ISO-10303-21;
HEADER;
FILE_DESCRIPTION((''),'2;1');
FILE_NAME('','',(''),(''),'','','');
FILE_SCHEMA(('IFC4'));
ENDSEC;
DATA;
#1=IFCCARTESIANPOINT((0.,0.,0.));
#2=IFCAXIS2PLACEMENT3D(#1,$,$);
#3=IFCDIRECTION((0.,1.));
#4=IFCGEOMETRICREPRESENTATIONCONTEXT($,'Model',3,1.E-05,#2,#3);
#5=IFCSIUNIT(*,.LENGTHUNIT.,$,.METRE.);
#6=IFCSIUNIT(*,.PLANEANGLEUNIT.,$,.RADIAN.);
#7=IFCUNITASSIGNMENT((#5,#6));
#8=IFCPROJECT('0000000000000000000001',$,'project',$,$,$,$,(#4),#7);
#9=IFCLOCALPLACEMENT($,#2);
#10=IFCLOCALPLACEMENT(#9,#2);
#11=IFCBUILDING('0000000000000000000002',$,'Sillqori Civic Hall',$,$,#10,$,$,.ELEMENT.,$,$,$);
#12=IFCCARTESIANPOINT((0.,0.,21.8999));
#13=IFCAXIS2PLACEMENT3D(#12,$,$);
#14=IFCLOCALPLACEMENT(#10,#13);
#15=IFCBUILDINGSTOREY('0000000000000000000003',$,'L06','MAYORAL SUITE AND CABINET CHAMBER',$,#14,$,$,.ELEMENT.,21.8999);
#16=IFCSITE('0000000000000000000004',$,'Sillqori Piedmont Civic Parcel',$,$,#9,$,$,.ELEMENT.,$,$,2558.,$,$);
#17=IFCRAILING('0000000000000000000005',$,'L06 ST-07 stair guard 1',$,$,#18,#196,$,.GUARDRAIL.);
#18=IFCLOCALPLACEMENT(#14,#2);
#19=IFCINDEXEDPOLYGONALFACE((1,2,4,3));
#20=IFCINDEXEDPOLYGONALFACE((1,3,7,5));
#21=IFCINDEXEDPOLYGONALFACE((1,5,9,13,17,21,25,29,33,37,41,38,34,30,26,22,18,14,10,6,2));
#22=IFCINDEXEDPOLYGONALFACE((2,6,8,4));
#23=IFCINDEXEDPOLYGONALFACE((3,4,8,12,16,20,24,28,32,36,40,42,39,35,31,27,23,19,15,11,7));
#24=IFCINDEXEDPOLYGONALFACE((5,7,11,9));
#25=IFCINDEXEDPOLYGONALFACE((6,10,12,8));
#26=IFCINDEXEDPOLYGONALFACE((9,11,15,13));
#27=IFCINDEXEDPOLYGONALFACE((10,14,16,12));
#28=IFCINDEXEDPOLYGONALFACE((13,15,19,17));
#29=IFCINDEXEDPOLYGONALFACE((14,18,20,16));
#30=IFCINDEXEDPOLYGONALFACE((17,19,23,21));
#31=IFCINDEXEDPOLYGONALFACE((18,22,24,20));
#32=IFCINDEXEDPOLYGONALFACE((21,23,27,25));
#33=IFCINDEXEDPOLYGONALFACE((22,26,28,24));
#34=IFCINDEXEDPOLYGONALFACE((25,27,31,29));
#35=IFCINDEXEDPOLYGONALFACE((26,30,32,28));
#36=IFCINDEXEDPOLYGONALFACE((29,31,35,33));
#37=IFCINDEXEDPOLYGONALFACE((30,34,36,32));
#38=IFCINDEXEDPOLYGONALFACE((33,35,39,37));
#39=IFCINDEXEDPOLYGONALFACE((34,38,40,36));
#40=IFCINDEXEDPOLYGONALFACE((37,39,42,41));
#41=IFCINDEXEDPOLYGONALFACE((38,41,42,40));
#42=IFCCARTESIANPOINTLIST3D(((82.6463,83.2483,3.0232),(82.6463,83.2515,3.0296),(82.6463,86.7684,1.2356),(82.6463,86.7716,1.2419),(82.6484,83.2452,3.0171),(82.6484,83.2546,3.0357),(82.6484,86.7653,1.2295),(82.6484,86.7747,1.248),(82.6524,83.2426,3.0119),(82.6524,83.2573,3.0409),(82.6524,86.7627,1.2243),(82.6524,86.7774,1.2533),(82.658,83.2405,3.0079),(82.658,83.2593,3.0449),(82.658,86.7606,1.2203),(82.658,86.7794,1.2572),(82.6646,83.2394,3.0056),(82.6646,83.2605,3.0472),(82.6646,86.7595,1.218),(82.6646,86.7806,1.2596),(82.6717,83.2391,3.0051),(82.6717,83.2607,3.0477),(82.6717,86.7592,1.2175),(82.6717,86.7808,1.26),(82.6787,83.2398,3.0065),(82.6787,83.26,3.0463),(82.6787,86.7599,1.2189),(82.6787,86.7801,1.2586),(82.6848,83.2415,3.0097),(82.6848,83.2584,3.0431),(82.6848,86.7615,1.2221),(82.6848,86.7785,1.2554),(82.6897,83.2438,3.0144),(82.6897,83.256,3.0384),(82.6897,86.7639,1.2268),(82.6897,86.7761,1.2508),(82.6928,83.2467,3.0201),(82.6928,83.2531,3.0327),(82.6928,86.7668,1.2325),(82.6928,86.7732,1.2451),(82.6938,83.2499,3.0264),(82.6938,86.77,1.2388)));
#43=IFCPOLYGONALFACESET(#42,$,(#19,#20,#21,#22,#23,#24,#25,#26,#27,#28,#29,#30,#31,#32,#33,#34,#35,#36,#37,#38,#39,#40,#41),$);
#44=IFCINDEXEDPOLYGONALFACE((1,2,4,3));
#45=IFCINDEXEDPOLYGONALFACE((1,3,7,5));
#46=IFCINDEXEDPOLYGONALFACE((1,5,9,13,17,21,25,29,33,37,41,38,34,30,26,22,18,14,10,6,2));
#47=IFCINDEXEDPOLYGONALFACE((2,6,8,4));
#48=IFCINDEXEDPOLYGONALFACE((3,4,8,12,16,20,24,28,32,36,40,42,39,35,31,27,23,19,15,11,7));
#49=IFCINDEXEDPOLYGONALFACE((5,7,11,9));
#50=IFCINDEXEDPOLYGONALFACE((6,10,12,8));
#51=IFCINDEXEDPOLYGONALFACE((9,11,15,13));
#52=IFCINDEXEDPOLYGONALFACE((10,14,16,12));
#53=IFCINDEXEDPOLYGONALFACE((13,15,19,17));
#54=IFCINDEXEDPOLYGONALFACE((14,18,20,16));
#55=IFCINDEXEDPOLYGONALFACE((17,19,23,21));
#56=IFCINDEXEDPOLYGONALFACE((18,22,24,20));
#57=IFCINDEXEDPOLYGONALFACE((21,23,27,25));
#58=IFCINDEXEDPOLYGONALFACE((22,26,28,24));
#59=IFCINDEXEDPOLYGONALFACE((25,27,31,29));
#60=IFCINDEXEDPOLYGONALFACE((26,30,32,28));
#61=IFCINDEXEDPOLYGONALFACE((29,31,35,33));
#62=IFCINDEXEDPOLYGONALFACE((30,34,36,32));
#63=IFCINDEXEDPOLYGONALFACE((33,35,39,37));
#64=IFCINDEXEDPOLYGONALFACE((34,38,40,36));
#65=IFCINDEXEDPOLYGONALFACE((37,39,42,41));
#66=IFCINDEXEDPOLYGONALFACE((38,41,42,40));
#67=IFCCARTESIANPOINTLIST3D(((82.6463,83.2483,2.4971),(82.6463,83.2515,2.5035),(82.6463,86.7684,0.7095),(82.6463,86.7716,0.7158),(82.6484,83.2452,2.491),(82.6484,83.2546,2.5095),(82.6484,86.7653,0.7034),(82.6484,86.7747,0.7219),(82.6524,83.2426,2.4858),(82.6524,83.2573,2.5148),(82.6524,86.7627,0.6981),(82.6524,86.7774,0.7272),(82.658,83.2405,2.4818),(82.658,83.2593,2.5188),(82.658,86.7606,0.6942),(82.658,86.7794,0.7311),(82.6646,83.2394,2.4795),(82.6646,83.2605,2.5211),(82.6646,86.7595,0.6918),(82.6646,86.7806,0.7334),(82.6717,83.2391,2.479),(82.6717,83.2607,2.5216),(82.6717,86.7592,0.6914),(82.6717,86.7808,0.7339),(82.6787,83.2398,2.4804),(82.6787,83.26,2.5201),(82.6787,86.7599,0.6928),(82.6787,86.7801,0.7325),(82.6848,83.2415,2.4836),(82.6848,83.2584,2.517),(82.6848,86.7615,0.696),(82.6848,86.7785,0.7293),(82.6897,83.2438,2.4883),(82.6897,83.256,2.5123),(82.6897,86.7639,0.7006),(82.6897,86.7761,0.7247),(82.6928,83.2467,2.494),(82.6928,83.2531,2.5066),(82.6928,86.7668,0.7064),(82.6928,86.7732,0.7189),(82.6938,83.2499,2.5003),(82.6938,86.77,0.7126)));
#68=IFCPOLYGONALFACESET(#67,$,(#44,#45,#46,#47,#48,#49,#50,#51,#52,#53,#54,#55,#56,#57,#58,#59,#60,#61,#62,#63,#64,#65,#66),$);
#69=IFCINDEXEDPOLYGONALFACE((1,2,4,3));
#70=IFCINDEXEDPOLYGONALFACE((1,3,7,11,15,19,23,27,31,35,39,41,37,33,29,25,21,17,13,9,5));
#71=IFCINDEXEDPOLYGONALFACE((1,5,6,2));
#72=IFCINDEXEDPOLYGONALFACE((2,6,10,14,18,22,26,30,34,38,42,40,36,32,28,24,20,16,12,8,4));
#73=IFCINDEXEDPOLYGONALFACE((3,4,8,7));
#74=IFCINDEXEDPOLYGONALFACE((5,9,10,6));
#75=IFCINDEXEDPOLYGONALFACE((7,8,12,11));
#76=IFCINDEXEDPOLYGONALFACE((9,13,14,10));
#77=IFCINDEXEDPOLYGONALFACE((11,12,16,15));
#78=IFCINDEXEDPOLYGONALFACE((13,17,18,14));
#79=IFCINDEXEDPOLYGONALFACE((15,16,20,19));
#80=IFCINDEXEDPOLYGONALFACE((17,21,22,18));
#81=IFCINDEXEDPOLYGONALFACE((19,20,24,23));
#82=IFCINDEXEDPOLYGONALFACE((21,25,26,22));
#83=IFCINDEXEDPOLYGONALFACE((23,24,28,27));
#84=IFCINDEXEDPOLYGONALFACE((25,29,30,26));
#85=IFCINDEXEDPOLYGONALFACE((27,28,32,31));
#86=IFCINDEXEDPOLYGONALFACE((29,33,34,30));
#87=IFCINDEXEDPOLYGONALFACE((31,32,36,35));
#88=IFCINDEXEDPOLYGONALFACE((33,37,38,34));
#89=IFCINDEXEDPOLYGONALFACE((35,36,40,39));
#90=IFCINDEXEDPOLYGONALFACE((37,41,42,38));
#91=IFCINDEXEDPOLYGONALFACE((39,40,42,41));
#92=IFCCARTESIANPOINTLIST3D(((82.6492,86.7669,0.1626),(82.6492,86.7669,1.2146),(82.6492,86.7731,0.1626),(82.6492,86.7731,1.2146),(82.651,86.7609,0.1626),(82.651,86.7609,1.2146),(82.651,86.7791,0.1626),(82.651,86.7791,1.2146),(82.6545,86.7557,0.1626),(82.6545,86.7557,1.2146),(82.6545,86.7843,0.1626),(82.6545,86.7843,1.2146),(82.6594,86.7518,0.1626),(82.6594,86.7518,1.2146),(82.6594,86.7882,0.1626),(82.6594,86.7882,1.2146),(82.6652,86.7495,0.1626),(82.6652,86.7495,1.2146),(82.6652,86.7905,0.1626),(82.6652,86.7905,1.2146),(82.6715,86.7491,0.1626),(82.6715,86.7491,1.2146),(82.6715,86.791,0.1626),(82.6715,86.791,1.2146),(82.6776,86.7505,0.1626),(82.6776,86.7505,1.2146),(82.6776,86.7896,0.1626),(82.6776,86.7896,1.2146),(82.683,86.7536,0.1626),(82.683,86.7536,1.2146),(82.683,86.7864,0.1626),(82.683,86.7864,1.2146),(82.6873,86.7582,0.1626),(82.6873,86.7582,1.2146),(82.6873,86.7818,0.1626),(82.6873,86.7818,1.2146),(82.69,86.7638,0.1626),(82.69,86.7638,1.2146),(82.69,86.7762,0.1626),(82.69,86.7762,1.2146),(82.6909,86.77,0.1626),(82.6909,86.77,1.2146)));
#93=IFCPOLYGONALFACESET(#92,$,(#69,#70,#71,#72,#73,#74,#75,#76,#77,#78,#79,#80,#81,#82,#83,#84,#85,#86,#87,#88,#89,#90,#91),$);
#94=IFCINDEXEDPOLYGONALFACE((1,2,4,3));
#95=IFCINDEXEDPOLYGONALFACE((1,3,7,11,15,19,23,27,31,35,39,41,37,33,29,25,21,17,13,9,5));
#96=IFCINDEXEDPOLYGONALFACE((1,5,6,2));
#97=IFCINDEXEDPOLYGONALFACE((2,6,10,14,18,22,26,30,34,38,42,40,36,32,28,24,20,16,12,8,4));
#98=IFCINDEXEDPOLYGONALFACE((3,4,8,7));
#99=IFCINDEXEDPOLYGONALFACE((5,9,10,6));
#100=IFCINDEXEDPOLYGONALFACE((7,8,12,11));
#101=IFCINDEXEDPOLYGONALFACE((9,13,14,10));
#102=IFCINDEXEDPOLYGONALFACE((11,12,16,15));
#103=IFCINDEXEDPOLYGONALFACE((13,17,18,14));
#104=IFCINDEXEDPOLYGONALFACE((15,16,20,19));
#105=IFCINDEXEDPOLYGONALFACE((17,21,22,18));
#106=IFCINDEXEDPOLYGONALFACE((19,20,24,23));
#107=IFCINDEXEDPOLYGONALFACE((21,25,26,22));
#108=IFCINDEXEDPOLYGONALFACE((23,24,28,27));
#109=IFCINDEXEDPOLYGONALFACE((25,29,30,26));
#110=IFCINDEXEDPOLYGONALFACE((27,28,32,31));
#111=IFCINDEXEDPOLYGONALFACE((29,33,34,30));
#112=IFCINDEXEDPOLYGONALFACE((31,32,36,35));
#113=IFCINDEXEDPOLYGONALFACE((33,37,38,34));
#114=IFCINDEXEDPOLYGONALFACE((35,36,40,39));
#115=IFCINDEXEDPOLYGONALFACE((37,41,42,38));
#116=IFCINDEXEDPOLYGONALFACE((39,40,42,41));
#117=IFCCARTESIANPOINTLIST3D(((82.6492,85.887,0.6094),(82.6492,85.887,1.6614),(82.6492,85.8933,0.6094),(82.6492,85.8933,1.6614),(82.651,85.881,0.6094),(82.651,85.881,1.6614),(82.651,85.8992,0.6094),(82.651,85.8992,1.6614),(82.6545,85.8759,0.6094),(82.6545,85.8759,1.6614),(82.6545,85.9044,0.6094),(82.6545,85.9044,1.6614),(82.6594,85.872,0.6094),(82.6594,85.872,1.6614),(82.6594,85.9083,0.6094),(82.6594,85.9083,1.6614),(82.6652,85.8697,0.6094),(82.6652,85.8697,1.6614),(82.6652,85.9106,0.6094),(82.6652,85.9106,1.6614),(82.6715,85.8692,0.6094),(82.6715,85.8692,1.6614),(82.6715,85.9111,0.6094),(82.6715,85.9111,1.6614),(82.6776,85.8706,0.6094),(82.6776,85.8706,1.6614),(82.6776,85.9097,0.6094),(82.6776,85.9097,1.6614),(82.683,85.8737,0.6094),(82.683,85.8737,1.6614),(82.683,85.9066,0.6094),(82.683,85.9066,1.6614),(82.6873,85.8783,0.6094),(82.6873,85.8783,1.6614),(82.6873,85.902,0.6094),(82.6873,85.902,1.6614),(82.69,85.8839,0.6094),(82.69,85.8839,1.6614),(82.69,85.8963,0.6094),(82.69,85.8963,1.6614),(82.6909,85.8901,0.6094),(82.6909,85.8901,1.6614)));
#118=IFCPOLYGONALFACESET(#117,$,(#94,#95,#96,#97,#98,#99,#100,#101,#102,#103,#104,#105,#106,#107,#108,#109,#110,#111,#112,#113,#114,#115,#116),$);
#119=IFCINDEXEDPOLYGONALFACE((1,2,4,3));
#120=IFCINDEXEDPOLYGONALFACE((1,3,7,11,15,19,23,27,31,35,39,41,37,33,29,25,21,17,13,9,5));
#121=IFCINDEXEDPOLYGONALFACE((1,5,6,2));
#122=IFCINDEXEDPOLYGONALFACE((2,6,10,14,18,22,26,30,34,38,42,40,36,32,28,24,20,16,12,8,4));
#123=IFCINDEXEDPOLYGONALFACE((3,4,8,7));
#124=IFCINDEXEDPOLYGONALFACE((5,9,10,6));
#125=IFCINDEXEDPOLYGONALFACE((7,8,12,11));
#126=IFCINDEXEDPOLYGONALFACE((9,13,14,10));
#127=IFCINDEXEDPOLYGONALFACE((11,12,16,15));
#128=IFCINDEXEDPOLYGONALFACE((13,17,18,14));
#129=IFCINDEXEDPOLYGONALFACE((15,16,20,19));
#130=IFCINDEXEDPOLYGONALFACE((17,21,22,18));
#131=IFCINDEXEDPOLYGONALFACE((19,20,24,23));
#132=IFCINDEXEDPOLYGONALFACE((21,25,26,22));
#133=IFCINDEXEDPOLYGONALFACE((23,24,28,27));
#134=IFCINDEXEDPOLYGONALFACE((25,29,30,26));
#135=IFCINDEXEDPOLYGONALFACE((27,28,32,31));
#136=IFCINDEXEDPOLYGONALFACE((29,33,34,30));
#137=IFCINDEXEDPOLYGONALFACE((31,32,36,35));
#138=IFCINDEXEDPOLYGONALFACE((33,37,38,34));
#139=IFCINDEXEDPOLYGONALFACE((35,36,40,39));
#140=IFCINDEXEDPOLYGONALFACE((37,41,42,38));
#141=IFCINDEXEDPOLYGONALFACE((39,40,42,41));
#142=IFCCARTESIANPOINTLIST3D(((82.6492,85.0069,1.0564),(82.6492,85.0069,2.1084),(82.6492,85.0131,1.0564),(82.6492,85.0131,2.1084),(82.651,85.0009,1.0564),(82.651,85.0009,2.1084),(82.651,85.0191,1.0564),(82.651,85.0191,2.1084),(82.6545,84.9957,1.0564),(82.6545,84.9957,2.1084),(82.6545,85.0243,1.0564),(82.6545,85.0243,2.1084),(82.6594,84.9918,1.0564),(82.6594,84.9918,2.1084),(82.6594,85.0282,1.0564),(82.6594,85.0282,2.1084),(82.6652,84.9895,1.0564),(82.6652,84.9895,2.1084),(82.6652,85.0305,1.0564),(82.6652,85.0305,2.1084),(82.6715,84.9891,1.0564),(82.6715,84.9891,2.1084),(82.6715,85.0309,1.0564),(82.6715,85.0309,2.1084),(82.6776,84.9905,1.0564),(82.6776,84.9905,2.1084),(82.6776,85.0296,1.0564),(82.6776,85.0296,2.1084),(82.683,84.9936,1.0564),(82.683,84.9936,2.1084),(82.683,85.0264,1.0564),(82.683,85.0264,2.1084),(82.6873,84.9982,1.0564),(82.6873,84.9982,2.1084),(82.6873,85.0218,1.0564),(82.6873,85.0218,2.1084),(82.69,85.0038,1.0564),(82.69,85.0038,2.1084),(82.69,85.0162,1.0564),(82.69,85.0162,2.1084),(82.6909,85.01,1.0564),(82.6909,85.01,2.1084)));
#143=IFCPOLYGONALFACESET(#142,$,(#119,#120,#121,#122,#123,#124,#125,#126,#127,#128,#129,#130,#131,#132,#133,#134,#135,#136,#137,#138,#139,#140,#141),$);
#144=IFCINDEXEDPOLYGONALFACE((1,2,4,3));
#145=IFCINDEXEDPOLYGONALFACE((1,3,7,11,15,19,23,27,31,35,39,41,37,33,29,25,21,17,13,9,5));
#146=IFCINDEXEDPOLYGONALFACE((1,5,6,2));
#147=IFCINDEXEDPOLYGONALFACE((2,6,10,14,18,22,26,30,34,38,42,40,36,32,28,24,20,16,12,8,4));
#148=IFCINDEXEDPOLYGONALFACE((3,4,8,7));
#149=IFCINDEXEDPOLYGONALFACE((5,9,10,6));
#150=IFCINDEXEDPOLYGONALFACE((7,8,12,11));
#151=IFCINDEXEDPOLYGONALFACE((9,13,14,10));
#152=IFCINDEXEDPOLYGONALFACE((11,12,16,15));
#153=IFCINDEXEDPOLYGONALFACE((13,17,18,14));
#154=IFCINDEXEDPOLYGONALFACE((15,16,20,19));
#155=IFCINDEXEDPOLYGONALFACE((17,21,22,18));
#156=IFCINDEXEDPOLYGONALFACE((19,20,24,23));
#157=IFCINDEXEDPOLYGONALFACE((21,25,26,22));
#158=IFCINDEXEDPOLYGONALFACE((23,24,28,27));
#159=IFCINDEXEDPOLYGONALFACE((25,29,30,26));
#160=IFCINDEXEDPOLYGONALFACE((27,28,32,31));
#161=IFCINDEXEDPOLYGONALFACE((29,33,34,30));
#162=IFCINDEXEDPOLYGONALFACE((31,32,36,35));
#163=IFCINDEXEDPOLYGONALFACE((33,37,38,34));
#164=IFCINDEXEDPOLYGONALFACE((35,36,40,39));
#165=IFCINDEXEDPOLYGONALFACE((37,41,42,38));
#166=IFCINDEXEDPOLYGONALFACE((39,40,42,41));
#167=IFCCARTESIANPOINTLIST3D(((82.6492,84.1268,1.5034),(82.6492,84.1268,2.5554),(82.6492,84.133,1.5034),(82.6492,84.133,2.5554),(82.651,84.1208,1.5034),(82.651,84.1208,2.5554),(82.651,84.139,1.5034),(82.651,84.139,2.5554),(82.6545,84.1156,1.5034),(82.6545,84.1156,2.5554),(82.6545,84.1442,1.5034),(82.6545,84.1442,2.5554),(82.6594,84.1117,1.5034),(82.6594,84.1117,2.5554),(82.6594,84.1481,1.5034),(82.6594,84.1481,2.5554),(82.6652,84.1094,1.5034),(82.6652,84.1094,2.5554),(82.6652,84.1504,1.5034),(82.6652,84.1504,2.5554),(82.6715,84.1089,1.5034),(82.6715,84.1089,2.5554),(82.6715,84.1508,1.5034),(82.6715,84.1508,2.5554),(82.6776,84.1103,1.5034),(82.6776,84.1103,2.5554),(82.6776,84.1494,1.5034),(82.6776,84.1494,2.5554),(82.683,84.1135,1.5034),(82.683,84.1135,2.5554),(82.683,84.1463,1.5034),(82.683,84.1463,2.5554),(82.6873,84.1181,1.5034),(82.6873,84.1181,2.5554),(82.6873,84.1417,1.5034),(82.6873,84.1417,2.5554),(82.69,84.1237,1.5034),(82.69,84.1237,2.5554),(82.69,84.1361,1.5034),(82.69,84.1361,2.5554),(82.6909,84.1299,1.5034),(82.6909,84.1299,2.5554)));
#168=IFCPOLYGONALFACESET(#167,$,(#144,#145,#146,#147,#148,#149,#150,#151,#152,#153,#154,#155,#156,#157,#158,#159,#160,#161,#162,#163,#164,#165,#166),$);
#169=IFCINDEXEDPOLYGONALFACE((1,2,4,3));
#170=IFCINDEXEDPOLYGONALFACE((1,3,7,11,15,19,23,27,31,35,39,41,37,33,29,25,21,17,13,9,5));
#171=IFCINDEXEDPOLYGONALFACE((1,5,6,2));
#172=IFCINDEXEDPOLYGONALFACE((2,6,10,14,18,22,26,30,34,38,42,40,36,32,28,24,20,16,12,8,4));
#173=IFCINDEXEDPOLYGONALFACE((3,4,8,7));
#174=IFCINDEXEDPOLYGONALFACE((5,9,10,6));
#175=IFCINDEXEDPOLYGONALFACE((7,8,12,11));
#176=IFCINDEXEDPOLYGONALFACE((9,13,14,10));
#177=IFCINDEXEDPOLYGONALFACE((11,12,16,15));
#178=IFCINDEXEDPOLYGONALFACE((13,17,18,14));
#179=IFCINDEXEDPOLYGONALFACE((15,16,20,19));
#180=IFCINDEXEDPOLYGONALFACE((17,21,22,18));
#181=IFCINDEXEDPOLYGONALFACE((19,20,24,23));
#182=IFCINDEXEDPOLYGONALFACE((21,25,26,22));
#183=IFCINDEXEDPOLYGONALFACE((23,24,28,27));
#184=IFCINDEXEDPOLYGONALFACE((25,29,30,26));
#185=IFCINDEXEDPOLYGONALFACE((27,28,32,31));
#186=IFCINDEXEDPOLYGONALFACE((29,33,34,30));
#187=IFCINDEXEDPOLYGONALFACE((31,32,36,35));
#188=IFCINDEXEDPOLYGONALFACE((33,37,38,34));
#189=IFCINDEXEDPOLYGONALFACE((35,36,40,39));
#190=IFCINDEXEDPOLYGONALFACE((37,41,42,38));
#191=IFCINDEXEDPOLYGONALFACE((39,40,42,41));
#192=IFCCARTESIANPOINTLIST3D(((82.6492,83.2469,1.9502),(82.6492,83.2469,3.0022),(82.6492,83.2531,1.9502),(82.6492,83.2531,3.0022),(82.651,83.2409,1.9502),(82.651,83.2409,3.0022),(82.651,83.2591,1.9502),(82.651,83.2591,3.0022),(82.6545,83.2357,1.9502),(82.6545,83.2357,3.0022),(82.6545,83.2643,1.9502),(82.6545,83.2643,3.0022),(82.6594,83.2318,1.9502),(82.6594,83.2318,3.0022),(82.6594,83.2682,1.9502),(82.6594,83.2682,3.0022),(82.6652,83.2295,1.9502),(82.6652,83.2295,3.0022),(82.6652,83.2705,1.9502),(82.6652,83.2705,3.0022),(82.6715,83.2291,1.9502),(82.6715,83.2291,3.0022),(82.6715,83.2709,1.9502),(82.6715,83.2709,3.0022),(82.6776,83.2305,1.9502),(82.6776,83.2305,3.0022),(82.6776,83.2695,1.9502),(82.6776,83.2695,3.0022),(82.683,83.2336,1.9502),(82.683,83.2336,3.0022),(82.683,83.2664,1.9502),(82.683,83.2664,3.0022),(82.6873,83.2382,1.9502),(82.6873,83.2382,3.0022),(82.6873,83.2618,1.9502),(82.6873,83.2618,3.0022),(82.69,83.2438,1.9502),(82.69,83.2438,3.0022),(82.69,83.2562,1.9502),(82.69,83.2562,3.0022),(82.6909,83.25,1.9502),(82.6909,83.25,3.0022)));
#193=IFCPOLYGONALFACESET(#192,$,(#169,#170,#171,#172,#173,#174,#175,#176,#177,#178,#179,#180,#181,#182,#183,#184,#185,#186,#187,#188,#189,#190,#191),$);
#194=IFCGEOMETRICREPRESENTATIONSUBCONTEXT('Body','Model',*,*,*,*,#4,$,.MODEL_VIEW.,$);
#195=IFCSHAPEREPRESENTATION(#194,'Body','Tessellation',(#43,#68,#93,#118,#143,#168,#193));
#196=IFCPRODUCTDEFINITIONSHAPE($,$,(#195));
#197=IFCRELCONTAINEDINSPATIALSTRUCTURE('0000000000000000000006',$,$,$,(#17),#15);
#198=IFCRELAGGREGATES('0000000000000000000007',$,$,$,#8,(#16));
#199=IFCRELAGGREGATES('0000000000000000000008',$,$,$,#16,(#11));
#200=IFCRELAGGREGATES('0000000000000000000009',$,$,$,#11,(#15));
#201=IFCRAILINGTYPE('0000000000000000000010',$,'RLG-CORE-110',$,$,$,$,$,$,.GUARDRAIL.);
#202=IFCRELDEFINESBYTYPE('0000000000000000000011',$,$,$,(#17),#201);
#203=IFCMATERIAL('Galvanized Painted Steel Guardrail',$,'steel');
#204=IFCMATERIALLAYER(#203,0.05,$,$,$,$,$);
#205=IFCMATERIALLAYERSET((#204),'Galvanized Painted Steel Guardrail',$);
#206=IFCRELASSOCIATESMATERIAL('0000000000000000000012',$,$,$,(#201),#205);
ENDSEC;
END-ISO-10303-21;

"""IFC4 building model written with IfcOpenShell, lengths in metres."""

from ifc_helpers import new_model, si_unit, direction, frame, origin, origin_2d, place, context, subcontext, project, spatial, circle, extrude, material, layer, layer_set, type_object, element, save


model = new_model("IFC4")

# Units and contexts
model_context = context("Model", 3, precision=1e-05, world=origin(), true_north=direction((0.0, 1.0)))
body_context = subcontext(model_context, "Body", "Model", "MODEL_VIEW")
ifc_project = project(units=[si_unit("LENGTHUNIT", "METRE"), si_unit("PLANEANGLEUNIT", "RADIAN")], contexts=[model_context])

# Site, building, storey
site_placement = place(None, origin())
site = spatial("IfcSite", under=ifc_project, at=site_placement, Name="Sillqori Piedmont Civic Parcel", CompositionType="ELEMENT", RefElevation=2558.0)
building_placement = place(site_placement, origin())
building = spatial("IfcBuilding", under=site, at=building_placement, Name="Sillqori Civic Hall", CompositionType="ELEMENT")
storey_placement = place(building_placement, frame((0.0, 0.0, 21.8999)))
storey = spatial("IfcBuildingStorey", under=building, at=storey_placement, Name="L06", Description="MAYORAL SUITE AND CABINET CHAMBER", CompositionType="ELEMENT", Elevation=21.8999)

# Railing
ifc_material_1 = material(Name="Galvanized Painted Steel Guardrail", Category="steel")
ifc_layer_1 = layer(ifc_material_1, 0.05)
ifc_layer_set_1 = layer_set([ifc_layer_1], Name="Galvanized Painted Steel Guardrail")
railing_type_1 = type_object("IfcRailingType", Name="RLG-CORE-110", PredefinedType="GUARDRAIL", material=ifc_layer_set_1)
railing_1_placement = place(storey_placement, frame((82.6699, 86.77, 0.1626)))
element("IfcRailing", 1, at=railing_1_placement, inside=storey, type_object=railing_type_1, Name="L06 ST-07 stair guard 1", PredefinedType="GUARDRAIL", context=body_context, shape_type="SweptSolid", body=[
    extrude(circle(Radius=0.0239, at=origin_2d()), frame((0.0, 0.0, 1.0762), z_axis=(0.0, -0.891615, 0.452795), x_axis=(1.0, 0.0, 0.0)), (0.0, 0.0, 1.0), 3.948),
    extrude(circle(Radius=0.0239, at=origin_2d()), frame((0.0, 0.0, 0.55), z_axis=(0.0, -0.891615, 0.452795), x_axis=(1.0, 0.0, 0.0)), (0.0, 0.0, 1.0), 3.948),
    extrude(circle(Radius=0.021, at=origin_2d()), origin(), (0.0, 0.0, 1.0), 1.052),
    extrude(circle(Radius=0.021, at=origin_2d()), frame((0.0, -0.8799, 0.4468)), (0.0, 0.0, 1.0), 1.052),
    extrude(circle(Radius=0.021, at=origin_2d()), frame((0.0, -1.76, 0.8938)), (0.0, 0.0, 1.0), 1.052),
    extrude(circle(Radius=0.021, at=origin_2d()), frame((0.0, -2.6401, 1.3408)), (0.0, 0.0, 1.0), 1.052),
    extrude(circle(Radius=0.021, at=origin_2d()), frame((0.0, -3.52, 1.7876)), (0.0, 0.0, 1.0), 1.052),
])

save(model, "model.ifc")
